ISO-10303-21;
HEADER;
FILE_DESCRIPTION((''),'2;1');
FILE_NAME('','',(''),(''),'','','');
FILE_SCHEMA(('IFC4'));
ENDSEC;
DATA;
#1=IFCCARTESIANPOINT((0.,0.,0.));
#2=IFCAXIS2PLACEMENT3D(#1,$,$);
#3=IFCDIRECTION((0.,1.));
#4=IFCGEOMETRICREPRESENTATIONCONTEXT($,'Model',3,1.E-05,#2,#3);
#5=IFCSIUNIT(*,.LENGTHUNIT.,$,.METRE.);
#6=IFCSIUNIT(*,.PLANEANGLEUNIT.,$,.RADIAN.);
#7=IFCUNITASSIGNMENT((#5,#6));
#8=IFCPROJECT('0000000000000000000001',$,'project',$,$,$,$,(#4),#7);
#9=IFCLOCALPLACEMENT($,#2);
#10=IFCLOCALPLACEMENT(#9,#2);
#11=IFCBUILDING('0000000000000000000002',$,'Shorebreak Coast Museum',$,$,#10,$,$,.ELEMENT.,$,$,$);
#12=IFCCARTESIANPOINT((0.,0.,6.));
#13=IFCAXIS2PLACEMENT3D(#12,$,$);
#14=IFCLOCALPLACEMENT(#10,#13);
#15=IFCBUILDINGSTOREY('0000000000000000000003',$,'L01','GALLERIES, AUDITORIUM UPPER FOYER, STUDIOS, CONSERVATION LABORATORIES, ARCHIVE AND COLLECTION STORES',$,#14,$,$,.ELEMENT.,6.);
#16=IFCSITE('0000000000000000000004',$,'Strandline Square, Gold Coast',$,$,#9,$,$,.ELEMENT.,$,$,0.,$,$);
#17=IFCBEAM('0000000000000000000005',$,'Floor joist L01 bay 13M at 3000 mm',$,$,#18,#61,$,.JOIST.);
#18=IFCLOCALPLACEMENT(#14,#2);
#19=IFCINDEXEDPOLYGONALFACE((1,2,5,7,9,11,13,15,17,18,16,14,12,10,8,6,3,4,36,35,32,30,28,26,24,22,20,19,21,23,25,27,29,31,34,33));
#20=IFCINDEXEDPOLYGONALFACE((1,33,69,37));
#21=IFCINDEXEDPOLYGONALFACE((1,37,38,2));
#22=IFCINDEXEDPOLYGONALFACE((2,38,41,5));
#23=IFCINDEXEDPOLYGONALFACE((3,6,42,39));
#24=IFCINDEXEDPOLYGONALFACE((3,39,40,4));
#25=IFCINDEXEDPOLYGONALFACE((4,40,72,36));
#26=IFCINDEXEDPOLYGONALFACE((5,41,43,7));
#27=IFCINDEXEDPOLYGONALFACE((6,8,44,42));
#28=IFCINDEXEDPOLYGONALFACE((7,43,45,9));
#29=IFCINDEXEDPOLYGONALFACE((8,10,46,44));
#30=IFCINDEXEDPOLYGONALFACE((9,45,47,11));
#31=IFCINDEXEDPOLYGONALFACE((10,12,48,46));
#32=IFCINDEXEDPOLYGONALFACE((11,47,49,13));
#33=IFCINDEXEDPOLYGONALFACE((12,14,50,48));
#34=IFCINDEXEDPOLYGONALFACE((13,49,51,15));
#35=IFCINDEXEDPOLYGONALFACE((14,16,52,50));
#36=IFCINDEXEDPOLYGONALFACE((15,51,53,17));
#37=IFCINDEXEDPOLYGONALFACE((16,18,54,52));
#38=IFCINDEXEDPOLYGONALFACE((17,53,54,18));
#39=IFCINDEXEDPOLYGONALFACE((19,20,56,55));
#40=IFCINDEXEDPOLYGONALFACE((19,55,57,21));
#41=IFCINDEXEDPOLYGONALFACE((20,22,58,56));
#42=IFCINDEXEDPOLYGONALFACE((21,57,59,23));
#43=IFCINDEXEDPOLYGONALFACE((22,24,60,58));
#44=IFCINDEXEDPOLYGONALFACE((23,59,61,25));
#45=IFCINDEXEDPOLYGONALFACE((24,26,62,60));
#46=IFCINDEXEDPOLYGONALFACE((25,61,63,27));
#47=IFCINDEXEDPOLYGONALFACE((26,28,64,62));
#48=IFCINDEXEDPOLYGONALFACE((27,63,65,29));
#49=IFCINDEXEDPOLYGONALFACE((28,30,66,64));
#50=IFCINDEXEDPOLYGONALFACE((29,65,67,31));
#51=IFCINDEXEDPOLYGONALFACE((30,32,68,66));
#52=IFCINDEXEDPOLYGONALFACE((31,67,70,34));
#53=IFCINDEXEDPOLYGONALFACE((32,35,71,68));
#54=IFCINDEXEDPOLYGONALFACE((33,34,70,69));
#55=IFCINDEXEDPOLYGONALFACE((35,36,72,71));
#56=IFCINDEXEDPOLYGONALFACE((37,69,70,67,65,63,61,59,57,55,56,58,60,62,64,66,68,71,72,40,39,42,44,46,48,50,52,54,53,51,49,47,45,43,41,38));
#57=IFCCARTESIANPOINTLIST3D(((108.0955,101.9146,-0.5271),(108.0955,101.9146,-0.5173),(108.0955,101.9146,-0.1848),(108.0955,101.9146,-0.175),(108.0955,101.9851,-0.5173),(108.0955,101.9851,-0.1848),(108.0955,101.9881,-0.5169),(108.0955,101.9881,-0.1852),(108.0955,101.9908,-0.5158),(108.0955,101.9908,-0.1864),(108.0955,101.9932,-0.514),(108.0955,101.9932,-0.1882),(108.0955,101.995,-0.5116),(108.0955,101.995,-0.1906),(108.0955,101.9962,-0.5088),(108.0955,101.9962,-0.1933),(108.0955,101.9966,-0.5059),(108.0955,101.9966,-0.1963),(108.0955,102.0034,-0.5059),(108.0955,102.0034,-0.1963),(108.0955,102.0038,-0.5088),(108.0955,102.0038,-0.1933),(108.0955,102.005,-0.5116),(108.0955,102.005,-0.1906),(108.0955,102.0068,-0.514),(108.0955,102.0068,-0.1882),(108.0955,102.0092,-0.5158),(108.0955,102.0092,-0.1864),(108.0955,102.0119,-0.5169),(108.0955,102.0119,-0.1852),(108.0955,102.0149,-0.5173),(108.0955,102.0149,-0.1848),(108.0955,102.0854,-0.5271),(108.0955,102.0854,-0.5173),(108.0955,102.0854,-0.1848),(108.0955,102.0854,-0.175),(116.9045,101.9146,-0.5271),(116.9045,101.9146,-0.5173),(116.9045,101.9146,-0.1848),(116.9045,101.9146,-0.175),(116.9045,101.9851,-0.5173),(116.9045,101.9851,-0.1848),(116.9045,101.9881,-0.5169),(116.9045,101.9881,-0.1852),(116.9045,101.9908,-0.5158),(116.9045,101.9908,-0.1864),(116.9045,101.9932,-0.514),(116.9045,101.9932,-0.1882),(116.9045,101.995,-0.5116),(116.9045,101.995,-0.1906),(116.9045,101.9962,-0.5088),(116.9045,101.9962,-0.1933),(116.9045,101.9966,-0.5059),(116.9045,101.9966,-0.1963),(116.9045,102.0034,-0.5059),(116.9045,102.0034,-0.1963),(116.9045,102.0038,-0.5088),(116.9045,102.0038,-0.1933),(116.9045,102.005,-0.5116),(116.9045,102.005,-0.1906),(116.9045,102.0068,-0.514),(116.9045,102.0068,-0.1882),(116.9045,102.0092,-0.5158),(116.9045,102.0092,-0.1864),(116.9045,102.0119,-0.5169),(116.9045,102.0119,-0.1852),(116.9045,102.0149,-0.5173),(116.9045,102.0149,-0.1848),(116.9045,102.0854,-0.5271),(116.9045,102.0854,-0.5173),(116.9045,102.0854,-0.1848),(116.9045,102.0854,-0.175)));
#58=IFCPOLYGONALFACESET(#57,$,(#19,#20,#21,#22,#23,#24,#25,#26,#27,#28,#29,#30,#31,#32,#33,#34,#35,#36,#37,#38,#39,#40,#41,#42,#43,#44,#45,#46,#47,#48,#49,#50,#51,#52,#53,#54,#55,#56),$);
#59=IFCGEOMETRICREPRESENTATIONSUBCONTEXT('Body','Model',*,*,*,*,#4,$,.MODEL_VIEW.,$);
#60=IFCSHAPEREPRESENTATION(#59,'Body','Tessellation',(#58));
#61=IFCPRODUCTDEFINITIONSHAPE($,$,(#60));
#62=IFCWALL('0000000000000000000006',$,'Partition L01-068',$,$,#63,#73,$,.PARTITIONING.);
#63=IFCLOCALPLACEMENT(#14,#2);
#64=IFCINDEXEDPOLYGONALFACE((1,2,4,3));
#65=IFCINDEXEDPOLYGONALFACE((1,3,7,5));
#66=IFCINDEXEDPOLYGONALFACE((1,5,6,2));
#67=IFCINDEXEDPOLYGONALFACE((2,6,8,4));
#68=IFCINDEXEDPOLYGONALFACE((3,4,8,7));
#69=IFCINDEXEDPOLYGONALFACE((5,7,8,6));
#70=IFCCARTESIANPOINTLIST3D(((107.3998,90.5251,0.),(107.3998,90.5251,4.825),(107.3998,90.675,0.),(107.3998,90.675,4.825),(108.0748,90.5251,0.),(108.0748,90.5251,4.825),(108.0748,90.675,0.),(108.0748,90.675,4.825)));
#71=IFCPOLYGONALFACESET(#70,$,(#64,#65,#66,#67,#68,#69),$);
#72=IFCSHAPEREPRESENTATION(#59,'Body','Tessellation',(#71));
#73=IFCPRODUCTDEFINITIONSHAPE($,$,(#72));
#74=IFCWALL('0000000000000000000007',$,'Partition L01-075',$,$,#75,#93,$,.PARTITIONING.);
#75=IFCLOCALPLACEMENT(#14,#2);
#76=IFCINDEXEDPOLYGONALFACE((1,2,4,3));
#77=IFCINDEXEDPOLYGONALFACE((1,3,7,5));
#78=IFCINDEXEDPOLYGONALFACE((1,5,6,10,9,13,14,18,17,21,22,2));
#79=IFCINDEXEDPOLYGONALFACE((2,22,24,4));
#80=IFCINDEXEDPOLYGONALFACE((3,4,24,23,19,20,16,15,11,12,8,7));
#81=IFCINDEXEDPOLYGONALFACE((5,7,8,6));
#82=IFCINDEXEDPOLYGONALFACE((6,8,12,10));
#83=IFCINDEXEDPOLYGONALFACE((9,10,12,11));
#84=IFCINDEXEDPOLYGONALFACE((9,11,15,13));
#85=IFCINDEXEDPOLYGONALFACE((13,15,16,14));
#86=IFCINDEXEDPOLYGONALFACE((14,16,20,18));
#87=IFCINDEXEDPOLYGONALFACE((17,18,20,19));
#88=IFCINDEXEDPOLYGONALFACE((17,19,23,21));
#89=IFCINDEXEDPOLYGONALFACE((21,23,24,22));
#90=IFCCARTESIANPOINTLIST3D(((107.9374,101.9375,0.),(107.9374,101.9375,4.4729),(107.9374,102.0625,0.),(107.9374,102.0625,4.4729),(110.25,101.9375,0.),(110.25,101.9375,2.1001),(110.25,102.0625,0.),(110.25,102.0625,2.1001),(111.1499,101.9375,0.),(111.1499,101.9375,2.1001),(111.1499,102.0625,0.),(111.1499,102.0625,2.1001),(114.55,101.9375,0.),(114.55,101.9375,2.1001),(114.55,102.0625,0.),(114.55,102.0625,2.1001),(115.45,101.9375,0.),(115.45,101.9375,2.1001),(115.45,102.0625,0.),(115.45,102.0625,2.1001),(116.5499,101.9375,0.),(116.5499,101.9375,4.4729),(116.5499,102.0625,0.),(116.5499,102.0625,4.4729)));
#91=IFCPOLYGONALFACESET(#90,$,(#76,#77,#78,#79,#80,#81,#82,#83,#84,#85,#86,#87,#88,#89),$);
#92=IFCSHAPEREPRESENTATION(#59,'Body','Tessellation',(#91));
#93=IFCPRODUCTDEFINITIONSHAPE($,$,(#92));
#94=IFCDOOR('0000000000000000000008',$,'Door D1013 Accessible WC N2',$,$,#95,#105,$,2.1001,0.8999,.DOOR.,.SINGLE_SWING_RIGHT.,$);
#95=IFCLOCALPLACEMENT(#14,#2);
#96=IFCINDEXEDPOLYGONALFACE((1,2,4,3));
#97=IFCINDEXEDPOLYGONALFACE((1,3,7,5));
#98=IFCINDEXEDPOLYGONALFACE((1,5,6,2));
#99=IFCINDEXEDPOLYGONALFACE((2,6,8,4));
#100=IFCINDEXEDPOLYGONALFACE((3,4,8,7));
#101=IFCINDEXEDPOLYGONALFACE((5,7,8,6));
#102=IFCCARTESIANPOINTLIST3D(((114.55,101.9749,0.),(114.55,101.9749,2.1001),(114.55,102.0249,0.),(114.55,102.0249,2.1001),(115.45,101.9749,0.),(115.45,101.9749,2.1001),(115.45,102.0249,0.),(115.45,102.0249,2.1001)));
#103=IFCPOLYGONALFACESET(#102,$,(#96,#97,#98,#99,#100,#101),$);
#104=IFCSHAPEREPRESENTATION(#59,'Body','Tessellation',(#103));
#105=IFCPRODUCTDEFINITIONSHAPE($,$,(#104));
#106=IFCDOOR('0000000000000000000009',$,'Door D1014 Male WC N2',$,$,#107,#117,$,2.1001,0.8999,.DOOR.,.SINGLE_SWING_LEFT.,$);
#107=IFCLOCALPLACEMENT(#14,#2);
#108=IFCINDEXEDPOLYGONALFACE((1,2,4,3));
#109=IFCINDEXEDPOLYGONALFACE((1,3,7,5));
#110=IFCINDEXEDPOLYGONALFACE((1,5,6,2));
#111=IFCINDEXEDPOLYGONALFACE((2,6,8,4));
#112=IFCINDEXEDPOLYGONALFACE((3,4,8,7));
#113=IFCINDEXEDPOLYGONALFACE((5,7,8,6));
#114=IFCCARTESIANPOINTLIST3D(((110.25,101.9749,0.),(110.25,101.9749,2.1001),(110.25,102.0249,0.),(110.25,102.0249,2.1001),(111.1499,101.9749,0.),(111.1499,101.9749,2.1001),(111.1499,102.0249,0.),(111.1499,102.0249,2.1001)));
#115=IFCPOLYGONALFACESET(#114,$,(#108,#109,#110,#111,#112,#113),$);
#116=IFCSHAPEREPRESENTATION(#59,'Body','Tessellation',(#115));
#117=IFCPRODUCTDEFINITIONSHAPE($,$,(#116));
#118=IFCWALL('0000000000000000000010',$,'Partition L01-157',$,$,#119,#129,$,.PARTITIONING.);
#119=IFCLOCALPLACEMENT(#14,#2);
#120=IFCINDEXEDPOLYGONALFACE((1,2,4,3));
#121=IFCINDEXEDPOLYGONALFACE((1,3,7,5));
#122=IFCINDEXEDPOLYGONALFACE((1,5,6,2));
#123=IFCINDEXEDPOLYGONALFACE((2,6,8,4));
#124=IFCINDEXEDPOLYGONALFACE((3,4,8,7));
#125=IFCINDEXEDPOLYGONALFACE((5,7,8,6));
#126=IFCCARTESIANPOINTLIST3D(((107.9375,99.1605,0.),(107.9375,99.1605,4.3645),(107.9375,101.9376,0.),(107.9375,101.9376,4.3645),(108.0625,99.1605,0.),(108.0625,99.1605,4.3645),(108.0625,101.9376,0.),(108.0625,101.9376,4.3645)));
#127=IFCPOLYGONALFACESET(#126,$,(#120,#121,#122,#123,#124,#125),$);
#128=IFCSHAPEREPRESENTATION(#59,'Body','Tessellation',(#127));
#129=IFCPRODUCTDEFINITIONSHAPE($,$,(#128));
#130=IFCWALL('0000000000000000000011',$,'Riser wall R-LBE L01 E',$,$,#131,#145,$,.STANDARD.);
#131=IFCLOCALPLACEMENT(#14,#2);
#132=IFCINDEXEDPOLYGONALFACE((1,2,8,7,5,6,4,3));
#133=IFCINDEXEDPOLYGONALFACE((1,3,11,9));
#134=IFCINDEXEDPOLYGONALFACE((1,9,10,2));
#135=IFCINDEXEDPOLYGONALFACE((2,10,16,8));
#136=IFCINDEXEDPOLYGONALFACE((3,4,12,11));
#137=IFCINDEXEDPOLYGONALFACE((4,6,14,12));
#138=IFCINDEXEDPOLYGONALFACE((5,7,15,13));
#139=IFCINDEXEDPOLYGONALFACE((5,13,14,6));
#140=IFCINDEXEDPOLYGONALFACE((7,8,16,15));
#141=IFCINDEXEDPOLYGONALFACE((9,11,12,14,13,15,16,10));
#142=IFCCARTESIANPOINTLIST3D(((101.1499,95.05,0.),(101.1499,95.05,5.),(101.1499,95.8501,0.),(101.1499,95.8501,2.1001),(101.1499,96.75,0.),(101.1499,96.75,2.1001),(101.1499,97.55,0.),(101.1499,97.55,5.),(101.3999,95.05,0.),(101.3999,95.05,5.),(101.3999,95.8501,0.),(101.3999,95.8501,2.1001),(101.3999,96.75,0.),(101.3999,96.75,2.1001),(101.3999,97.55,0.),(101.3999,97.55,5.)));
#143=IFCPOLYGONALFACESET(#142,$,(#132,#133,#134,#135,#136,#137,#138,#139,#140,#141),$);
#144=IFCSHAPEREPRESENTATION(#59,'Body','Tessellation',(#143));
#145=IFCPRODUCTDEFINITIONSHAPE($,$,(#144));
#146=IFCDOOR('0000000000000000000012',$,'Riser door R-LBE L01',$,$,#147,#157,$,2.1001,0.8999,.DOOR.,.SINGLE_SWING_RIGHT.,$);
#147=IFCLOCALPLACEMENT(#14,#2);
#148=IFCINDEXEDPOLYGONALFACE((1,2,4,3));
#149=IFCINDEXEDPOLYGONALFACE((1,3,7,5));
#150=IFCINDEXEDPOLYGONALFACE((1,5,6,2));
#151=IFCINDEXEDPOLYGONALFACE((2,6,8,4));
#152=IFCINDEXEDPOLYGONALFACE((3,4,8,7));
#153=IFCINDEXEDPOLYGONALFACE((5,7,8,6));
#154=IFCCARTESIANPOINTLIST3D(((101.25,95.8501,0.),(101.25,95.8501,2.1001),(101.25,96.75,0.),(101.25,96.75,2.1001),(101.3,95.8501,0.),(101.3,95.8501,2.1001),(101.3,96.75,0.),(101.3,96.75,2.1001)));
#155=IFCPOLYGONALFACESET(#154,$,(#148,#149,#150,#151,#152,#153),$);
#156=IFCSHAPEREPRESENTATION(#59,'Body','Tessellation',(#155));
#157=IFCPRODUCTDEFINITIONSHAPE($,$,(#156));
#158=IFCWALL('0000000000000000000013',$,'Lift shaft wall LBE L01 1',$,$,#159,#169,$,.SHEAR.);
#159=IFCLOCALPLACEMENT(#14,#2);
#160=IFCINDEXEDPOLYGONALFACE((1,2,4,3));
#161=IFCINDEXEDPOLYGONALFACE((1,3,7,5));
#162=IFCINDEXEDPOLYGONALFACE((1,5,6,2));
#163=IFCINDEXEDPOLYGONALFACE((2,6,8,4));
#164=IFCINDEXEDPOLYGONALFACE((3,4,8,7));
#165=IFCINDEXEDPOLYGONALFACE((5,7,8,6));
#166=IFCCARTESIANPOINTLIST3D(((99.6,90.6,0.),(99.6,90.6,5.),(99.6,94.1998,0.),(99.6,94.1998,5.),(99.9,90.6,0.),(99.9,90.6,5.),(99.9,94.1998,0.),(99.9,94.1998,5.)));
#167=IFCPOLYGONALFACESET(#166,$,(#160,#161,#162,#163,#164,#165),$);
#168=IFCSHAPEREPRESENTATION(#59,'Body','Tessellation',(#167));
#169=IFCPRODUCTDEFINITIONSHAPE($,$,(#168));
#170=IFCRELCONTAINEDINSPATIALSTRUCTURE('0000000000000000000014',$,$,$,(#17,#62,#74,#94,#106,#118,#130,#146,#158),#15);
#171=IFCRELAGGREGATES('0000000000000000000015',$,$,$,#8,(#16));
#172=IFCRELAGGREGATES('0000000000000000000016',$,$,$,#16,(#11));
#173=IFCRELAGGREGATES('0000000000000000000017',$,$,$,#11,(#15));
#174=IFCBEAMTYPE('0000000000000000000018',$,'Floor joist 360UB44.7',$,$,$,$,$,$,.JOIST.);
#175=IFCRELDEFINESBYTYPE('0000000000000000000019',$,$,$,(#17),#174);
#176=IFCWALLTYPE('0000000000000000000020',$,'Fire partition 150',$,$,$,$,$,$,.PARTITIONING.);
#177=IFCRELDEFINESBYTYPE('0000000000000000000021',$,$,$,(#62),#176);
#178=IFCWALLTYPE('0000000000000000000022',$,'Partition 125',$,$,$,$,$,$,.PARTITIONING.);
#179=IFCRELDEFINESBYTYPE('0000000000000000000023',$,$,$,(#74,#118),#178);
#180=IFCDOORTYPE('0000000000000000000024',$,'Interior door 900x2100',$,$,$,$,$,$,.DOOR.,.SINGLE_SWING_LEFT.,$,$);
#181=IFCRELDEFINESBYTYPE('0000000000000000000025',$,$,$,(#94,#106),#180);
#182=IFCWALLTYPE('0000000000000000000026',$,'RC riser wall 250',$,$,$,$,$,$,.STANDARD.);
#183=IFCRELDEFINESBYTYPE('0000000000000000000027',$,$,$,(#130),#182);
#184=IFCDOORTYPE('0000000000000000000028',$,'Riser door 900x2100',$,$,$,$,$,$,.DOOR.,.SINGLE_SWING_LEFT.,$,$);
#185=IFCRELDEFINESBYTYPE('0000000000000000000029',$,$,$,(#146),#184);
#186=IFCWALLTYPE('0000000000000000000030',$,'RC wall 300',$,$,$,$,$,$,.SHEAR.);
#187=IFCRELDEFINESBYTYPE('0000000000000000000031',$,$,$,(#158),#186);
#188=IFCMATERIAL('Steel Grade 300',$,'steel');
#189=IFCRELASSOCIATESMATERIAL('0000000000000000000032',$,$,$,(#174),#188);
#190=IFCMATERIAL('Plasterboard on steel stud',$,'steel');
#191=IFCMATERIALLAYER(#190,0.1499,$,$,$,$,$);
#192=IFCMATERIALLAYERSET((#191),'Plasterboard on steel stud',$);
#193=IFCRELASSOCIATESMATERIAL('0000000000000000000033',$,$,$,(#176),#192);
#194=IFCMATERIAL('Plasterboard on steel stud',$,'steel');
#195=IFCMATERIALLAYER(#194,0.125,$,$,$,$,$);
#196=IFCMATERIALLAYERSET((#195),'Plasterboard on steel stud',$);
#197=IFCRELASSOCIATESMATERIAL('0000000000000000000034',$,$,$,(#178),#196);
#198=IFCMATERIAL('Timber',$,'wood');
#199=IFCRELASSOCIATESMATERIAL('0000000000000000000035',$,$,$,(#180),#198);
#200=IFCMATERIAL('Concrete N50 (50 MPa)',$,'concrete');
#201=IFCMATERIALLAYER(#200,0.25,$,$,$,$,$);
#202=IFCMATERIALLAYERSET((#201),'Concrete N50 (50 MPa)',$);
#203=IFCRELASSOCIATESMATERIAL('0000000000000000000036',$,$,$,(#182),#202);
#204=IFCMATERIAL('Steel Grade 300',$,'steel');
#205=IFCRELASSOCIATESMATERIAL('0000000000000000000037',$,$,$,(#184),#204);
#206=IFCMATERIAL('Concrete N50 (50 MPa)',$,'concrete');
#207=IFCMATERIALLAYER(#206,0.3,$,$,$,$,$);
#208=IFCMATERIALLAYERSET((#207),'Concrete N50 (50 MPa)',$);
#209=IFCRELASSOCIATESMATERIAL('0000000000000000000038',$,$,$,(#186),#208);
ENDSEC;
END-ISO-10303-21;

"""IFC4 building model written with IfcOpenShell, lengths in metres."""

from ifc_helpers import new_model, si_unit, direction, frame, frame_2d, origin, origin_2d, place, context, subcontext, project, spatial, rectangle, i_section, extrude, material, layer, layer_set, material_profile, profile_set, type_object, element, fill, save


model = new_model("IFC4")

# Units and contexts
model_context = context("Model", 3, precision=1e-05, world=origin(), true_north=direction((0.0, 1.0)))
body_context = subcontext(model_context, "Body", "Model", "MODEL_VIEW")
ifc_project = project(units=[si_unit("LENGTHUNIT", "METRE"), si_unit("PLANEANGLEUNIT", "RADIAN")], contexts=[model_context])

# Site, building, storey
site_placement = place(None, origin())
site = spatial("IfcSite", under=ifc_project, at=site_placement, Name="Strandline Square, Gold Coast", CompositionType="ELEMENT", RefElevation=0.0)
building_placement = place(site_placement, origin())
building = spatial("IfcBuilding", under=site, at=building_placement, Name="Shorebreak Coast Museum", CompositionType="ELEMENT")
storey_placement = place(building_placement, frame((0.0, 0.0, 6.0)))
storey = spatial("IfcBuildingStorey", under=building, at=storey_placement, Name="L01", Description="GALLERIES, AUDITORIUM UPPER FOYER, STUDIOS, CONSERVATION LABORATORIES, ARCHIVE AND COLLECTION STORES", CompositionType="ELEMENT", Elevation=6.0)

# Beam
ifc_material_1 = material(Name="Steel Grade 300", Category="steel")
ifc_material_profile_1 = material_profile(ifc_material_1, i_section(OverallWidth=0.1709, OverallDepth=0.3521, WebThickness=0.0068, FlangeThickness=0.0098, FilletRadius=0.0115, at=origin_2d()), Name="360UB44.7")
ifc_profile_set_1 = profile_set([ifc_material_profile_1], Name="Steel Grade 300")
beam_type_1 = type_object("IfcBeamType", Name="Floor joist 360UB44.7", PredefinedType="JOIST", material=ifc_profile_set_1)
for number, where, z_axis, x_axis, name in (
    (1, (108.0955, 102.0, -0.3511), (1.0, 0.0, 0.0), (0.0, 1.0, 0.0), "Floor joist L01 bay 13M at 3000 mm"),
):
    element("IfcBeam", number, at=place(storey_placement, frame(where, z_axis=z_axis, x_axis=x_axis)), inside=storey, type_object=beam_type_1, Name=name, PredefinedType="JOIST", context=body_context, shape_type="SweptSolid", body=[
        extrude(i_section(OverallWidth=0.1709, OverallDepth=0.3521, WebThickness=0.0068, FlangeThickness=0.0098, FilletRadius=0.0115, at=origin_2d()), origin(), (0.0, 0.0, 1.0), 8.8091),
    ])

# Wall
ifc_material_2 = material(Name="Plasterboard on steel stud", Category="steel")
ifc_layer_1 = layer(ifc_material_2, 0.1499)
ifc_layer_set_1 = layer_set([ifc_layer_1], Name="Plasterboard on steel stud")
wall_type_1 = type_object("IfcWallType", Name="Fire partition 150", PredefinedType="PARTITIONING", material=ifc_layer_set_1)
wall_1_placement = place(storey_placement, frame((107.3999, 90.6001, 0.0), z_axis=(0.0, 0.0, 1.0), x_axis=(1.0, 0.0, 0.0)))
element("IfcWall", 2, at=wall_1_placement, inside=storey, type_object=wall_type_1, Name="Partition L01-068", PredefinedType="PARTITIONING", context=body_context, shape_type="SweptSolid", body=[
    extrude(rectangle(XDim=0.675, YDim=0.1499, at=frame_2d((0.3374, 0.0))), origin(), (0.0, 0.0, 1.0), 4.825),
])

# Wall, openings, doors
ifc_material_3 = material(Name="Plasterboard on steel stud", Category="steel")
ifc_layer_2 = layer(ifc_material_3, 0.125)
ifc_layer_set_2 = layer_set([ifc_layer_2], Name="Plasterboard on steel stud")
wall_type_2 = type_object("IfcWallType", Name="Partition 125", PredefinedType="PARTITIONING", material=ifc_layer_set_2)
wall_2_placement = place(storey_placement, frame((107.9375, 102.0, 0.0), z_axis=(0.0, 0.0, 1.0), x_axis=(1.0, 0.0, 0.0)))
wall_2 = element("IfcWall", 3, at=wall_2_placement, inside=storey, type_object=wall_type_2, Name="Partition L01-075", PredefinedType="PARTITIONING", context=body_context, shape_type="SweptSolid", body=[
    extrude(rectangle(XDim=8.6125, YDim=0.125, at=frame_2d((4.3062, 0.0))), origin(), (0.0, 0.0, 1.0), 4.4729),
])
opening_1_placement = place(wall_2_placement, frame((6.6125, 0.0, 0.0)))
opening_1 = element("IfcOpeningElement", 4, at=opening_1_placement, cuts=wall_2, PredefinedType="OPENING", context=body_context, shape_type="SweptSolid", body=[
    extrude(rectangle(XDim=0.8999, YDim=2.1001, at=frame_2d((0.45, 1.05))), frame((0.0, 0.0725, 0.0), z_axis=(0.0, -1.0, 0.0), x_axis=(1.0, 0.0, 0.0)), (0.0, 0.0, 1.0), 0.145),
])
opening_2_placement = place(wall_2_placement, frame((2.3125, 0.0, 0.0)))
opening_2 = element("IfcOpeningElement", 5, at=opening_2_placement, cuts=wall_2, PredefinedType="OPENING", context=body_context, shape_type="SweptSolid", body=[
    extrude(rectangle(XDim=0.8999, YDim=2.1001, at=frame_2d((0.45, 1.05))), frame((0.0, 0.0725, 0.0), z_axis=(0.0, -1.0, 0.0), x_axis=(1.0, 0.0, 0.0)), (0.0, 0.0, 1.0), 0.145),
])
ifc_material_4 = material(Name="Timber", Category="wood")
door_type_1 = type_object("IfcDoorType", Name="Interior door 900x2100", OperationType="SINGLE_SWING_LEFT", PredefinedType="DOOR", material=ifc_material_4)
door_1_placement = place(opening_1_placement, origin())
door_1 = element("IfcDoor", 6, at=door_1_placement, inside=storey, type_object=door_type_1, Name="Door D1013 Accessible WC N2", OperationType="SINGLE_SWING_RIGHT", OverallHeight=2.1001, OverallWidth=0.8999, PredefinedType="DOOR", context=body_context, shape_type="SweptSolid", body=[
    extrude(rectangle(XDim=0.8999, YDim=2.1001, at=frame_2d((0.45, 1.05))), frame((0.0, 0.0249, 0.0), z_axis=(0.0, -1.0, 0.0), x_axis=(1.0, 0.0, 0.0)), (0.0, 0.0, 1.0), 0.05),
])
fill(opening_1, door_1)
door_2_placement = place(opening_2_placement, origin())
door_2 = element("IfcDoor", 7, at=door_2_placement, inside=storey, type_object=door_type_1, Name="Door D1014 Male WC N2", OperationType="SINGLE_SWING_LEFT", OverallHeight=2.1001, OverallWidth=0.8999, PredefinedType="DOOR", context=body_context, shape_type="SweptSolid", body=[
    extrude(rectangle(XDim=0.8999, YDim=2.1001, at=frame_2d((0.45, 1.05))), frame((0.0, 0.0249, 0.0), z_axis=(0.0, -1.0, 0.0), x_axis=(1.0, 0.0, 0.0)), (0.0, 0.0, 1.0), 0.05),
])
fill(opening_2, door_2)

# Wall
wall_3_placement = place(storey_placement, frame((108.0, 99.1604, 0.0), z_axis=(0.0, 0.0, 1.0), x_axis=(0.0, 1.0, 0.0)))
element("IfcWall", 8, at=wall_3_placement, inside=storey, type_object=wall_type_2, Name="Partition L01-157", PredefinedType="PARTITIONING", context=body_context, shape_type="SweptSolid", body=[
    extrude(rectangle(XDim=2.7771, YDim=0.125, at=frame_2d((1.3887, 0.0))), origin(), (0.0, 0.0, 1.0), 4.3645),
])

# Wall, opening, door
ifc_material_5 = material(Name="Concrete N50 (50 MPa)", Category="concrete")
ifc_layer_3 = layer(ifc_material_5, 0.25)
ifc_layer_set_3 = layer_set([ifc_layer_3], Name="Concrete N50 (50 MPa)")
wall_type_3 = type_object("IfcWallType", Name="RC riser wall 250", PredefinedType="STANDARD", material=ifc_layer_set_3)
wall_4_placement = place(storey_placement, frame((101.2749, 95.05, 0.0), z_axis=(0.0, 0.0, 1.0), x_axis=(0.0, 1.0, 0.0)))
wall_4 = element("IfcWall", 9, at=wall_4_placement, inside=storey, type_object=wall_type_3, Name="Riser wall R-LBE L01 E", PredefinedType="STANDARD", context=body_context, shape_type="SweptSolid", body=[
    extrude(rectangle(XDim=2.5, YDim=0.25, at=frame_2d((1.25, 0.0))), origin(), (0.0, 0.0, 1.0), 5.0),
])
opening_3_placement = place(wall_4_placement, frame((0.8, 0.0, 0.0)))
opening_3 = element("IfcOpeningElement", 10, at=opening_3_placement, cuts=wall_4, PredefinedType="OPENING", context=body_context, shape_type="SweptSolid", body=[
    extrude(rectangle(XDim=0.8999, YDim=2.1001, at=frame_2d((0.45, 1.05))), frame((0.0, 0.135, 0.0), z_axis=(0.0, -1.0, 0.0), x_axis=(1.0, 0.0, 0.0)), (0.0, 0.0, 1.0), 0.27),
])
ifc_material_6 = material(Name="Steel Grade 300", Category="steel")
door_type_2 = type_object("IfcDoorType", Name="Riser door 900x2100", OperationType="SINGLE_SWING_LEFT", PredefinedType="DOOR", material=ifc_material_6)
door_3_placement = place(opening_3_placement, origin())
door_3 = element("IfcDoor", 11, at=door_3_placement, inside=storey, type_object=door_type_2, Name="Riser door R-LBE L01", OperationType="SINGLE_SWING_RIGHT", OverallHeight=2.1001, OverallWidth=0.8999, PredefinedType="DOOR", context=body_context, shape_type="SweptSolid", body=[
    extrude(rectangle(XDim=0.8999, YDim=2.1001, at=frame_2d((0.45, 1.05))), frame((0.0, 0.0249, 0.0), z_axis=(0.0, -1.0, 0.0), x_axis=(1.0, 0.0, 0.0)), (0.0, 0.0, 1.0), 0.05),
])
fill(opening_3, door_3)

# Wall
ifc_material_7 = material(Name="Concrete N50 (50 MPa)", Category="concrete")
ifc_layer_4 = layer(ifc_material_7, 0.3)
ifc_layer_set_4 = layer_set([ifc_layer_4], Name="Concrete N50 (50 MPa)")
wall_type_4 = type_object("IfcWallType", Name="RC wall 300", PredefinedType="SHEAR", material=ifc_layer_set_4)
for number, where, z_axis, x_axis, name in (
    (12, (99.75, 90.6001, 0.0), (0.0, 0.0, 1.0), (0.0, 1.0, 0.0), "Lift shaft wall LBE L01 1"),
):
    element("IfcWall", number, at=place(storey_placement, frame(where, z_axis=z_axis, x_axis=x_axis)), inside=storey, type_object=wall_type_4, Name=name, PredefinedType="SHEAR", context=body_context, shape_type="SweptSolid", body=[
        extrude(rectangle(XDim=3.5999, YDim=0.3, at=frame_2d((1.7998, 0.0))), origin(), (0.0, 0.0, 1.0), 5.0),
    ])

save(model, "model.ifc")
